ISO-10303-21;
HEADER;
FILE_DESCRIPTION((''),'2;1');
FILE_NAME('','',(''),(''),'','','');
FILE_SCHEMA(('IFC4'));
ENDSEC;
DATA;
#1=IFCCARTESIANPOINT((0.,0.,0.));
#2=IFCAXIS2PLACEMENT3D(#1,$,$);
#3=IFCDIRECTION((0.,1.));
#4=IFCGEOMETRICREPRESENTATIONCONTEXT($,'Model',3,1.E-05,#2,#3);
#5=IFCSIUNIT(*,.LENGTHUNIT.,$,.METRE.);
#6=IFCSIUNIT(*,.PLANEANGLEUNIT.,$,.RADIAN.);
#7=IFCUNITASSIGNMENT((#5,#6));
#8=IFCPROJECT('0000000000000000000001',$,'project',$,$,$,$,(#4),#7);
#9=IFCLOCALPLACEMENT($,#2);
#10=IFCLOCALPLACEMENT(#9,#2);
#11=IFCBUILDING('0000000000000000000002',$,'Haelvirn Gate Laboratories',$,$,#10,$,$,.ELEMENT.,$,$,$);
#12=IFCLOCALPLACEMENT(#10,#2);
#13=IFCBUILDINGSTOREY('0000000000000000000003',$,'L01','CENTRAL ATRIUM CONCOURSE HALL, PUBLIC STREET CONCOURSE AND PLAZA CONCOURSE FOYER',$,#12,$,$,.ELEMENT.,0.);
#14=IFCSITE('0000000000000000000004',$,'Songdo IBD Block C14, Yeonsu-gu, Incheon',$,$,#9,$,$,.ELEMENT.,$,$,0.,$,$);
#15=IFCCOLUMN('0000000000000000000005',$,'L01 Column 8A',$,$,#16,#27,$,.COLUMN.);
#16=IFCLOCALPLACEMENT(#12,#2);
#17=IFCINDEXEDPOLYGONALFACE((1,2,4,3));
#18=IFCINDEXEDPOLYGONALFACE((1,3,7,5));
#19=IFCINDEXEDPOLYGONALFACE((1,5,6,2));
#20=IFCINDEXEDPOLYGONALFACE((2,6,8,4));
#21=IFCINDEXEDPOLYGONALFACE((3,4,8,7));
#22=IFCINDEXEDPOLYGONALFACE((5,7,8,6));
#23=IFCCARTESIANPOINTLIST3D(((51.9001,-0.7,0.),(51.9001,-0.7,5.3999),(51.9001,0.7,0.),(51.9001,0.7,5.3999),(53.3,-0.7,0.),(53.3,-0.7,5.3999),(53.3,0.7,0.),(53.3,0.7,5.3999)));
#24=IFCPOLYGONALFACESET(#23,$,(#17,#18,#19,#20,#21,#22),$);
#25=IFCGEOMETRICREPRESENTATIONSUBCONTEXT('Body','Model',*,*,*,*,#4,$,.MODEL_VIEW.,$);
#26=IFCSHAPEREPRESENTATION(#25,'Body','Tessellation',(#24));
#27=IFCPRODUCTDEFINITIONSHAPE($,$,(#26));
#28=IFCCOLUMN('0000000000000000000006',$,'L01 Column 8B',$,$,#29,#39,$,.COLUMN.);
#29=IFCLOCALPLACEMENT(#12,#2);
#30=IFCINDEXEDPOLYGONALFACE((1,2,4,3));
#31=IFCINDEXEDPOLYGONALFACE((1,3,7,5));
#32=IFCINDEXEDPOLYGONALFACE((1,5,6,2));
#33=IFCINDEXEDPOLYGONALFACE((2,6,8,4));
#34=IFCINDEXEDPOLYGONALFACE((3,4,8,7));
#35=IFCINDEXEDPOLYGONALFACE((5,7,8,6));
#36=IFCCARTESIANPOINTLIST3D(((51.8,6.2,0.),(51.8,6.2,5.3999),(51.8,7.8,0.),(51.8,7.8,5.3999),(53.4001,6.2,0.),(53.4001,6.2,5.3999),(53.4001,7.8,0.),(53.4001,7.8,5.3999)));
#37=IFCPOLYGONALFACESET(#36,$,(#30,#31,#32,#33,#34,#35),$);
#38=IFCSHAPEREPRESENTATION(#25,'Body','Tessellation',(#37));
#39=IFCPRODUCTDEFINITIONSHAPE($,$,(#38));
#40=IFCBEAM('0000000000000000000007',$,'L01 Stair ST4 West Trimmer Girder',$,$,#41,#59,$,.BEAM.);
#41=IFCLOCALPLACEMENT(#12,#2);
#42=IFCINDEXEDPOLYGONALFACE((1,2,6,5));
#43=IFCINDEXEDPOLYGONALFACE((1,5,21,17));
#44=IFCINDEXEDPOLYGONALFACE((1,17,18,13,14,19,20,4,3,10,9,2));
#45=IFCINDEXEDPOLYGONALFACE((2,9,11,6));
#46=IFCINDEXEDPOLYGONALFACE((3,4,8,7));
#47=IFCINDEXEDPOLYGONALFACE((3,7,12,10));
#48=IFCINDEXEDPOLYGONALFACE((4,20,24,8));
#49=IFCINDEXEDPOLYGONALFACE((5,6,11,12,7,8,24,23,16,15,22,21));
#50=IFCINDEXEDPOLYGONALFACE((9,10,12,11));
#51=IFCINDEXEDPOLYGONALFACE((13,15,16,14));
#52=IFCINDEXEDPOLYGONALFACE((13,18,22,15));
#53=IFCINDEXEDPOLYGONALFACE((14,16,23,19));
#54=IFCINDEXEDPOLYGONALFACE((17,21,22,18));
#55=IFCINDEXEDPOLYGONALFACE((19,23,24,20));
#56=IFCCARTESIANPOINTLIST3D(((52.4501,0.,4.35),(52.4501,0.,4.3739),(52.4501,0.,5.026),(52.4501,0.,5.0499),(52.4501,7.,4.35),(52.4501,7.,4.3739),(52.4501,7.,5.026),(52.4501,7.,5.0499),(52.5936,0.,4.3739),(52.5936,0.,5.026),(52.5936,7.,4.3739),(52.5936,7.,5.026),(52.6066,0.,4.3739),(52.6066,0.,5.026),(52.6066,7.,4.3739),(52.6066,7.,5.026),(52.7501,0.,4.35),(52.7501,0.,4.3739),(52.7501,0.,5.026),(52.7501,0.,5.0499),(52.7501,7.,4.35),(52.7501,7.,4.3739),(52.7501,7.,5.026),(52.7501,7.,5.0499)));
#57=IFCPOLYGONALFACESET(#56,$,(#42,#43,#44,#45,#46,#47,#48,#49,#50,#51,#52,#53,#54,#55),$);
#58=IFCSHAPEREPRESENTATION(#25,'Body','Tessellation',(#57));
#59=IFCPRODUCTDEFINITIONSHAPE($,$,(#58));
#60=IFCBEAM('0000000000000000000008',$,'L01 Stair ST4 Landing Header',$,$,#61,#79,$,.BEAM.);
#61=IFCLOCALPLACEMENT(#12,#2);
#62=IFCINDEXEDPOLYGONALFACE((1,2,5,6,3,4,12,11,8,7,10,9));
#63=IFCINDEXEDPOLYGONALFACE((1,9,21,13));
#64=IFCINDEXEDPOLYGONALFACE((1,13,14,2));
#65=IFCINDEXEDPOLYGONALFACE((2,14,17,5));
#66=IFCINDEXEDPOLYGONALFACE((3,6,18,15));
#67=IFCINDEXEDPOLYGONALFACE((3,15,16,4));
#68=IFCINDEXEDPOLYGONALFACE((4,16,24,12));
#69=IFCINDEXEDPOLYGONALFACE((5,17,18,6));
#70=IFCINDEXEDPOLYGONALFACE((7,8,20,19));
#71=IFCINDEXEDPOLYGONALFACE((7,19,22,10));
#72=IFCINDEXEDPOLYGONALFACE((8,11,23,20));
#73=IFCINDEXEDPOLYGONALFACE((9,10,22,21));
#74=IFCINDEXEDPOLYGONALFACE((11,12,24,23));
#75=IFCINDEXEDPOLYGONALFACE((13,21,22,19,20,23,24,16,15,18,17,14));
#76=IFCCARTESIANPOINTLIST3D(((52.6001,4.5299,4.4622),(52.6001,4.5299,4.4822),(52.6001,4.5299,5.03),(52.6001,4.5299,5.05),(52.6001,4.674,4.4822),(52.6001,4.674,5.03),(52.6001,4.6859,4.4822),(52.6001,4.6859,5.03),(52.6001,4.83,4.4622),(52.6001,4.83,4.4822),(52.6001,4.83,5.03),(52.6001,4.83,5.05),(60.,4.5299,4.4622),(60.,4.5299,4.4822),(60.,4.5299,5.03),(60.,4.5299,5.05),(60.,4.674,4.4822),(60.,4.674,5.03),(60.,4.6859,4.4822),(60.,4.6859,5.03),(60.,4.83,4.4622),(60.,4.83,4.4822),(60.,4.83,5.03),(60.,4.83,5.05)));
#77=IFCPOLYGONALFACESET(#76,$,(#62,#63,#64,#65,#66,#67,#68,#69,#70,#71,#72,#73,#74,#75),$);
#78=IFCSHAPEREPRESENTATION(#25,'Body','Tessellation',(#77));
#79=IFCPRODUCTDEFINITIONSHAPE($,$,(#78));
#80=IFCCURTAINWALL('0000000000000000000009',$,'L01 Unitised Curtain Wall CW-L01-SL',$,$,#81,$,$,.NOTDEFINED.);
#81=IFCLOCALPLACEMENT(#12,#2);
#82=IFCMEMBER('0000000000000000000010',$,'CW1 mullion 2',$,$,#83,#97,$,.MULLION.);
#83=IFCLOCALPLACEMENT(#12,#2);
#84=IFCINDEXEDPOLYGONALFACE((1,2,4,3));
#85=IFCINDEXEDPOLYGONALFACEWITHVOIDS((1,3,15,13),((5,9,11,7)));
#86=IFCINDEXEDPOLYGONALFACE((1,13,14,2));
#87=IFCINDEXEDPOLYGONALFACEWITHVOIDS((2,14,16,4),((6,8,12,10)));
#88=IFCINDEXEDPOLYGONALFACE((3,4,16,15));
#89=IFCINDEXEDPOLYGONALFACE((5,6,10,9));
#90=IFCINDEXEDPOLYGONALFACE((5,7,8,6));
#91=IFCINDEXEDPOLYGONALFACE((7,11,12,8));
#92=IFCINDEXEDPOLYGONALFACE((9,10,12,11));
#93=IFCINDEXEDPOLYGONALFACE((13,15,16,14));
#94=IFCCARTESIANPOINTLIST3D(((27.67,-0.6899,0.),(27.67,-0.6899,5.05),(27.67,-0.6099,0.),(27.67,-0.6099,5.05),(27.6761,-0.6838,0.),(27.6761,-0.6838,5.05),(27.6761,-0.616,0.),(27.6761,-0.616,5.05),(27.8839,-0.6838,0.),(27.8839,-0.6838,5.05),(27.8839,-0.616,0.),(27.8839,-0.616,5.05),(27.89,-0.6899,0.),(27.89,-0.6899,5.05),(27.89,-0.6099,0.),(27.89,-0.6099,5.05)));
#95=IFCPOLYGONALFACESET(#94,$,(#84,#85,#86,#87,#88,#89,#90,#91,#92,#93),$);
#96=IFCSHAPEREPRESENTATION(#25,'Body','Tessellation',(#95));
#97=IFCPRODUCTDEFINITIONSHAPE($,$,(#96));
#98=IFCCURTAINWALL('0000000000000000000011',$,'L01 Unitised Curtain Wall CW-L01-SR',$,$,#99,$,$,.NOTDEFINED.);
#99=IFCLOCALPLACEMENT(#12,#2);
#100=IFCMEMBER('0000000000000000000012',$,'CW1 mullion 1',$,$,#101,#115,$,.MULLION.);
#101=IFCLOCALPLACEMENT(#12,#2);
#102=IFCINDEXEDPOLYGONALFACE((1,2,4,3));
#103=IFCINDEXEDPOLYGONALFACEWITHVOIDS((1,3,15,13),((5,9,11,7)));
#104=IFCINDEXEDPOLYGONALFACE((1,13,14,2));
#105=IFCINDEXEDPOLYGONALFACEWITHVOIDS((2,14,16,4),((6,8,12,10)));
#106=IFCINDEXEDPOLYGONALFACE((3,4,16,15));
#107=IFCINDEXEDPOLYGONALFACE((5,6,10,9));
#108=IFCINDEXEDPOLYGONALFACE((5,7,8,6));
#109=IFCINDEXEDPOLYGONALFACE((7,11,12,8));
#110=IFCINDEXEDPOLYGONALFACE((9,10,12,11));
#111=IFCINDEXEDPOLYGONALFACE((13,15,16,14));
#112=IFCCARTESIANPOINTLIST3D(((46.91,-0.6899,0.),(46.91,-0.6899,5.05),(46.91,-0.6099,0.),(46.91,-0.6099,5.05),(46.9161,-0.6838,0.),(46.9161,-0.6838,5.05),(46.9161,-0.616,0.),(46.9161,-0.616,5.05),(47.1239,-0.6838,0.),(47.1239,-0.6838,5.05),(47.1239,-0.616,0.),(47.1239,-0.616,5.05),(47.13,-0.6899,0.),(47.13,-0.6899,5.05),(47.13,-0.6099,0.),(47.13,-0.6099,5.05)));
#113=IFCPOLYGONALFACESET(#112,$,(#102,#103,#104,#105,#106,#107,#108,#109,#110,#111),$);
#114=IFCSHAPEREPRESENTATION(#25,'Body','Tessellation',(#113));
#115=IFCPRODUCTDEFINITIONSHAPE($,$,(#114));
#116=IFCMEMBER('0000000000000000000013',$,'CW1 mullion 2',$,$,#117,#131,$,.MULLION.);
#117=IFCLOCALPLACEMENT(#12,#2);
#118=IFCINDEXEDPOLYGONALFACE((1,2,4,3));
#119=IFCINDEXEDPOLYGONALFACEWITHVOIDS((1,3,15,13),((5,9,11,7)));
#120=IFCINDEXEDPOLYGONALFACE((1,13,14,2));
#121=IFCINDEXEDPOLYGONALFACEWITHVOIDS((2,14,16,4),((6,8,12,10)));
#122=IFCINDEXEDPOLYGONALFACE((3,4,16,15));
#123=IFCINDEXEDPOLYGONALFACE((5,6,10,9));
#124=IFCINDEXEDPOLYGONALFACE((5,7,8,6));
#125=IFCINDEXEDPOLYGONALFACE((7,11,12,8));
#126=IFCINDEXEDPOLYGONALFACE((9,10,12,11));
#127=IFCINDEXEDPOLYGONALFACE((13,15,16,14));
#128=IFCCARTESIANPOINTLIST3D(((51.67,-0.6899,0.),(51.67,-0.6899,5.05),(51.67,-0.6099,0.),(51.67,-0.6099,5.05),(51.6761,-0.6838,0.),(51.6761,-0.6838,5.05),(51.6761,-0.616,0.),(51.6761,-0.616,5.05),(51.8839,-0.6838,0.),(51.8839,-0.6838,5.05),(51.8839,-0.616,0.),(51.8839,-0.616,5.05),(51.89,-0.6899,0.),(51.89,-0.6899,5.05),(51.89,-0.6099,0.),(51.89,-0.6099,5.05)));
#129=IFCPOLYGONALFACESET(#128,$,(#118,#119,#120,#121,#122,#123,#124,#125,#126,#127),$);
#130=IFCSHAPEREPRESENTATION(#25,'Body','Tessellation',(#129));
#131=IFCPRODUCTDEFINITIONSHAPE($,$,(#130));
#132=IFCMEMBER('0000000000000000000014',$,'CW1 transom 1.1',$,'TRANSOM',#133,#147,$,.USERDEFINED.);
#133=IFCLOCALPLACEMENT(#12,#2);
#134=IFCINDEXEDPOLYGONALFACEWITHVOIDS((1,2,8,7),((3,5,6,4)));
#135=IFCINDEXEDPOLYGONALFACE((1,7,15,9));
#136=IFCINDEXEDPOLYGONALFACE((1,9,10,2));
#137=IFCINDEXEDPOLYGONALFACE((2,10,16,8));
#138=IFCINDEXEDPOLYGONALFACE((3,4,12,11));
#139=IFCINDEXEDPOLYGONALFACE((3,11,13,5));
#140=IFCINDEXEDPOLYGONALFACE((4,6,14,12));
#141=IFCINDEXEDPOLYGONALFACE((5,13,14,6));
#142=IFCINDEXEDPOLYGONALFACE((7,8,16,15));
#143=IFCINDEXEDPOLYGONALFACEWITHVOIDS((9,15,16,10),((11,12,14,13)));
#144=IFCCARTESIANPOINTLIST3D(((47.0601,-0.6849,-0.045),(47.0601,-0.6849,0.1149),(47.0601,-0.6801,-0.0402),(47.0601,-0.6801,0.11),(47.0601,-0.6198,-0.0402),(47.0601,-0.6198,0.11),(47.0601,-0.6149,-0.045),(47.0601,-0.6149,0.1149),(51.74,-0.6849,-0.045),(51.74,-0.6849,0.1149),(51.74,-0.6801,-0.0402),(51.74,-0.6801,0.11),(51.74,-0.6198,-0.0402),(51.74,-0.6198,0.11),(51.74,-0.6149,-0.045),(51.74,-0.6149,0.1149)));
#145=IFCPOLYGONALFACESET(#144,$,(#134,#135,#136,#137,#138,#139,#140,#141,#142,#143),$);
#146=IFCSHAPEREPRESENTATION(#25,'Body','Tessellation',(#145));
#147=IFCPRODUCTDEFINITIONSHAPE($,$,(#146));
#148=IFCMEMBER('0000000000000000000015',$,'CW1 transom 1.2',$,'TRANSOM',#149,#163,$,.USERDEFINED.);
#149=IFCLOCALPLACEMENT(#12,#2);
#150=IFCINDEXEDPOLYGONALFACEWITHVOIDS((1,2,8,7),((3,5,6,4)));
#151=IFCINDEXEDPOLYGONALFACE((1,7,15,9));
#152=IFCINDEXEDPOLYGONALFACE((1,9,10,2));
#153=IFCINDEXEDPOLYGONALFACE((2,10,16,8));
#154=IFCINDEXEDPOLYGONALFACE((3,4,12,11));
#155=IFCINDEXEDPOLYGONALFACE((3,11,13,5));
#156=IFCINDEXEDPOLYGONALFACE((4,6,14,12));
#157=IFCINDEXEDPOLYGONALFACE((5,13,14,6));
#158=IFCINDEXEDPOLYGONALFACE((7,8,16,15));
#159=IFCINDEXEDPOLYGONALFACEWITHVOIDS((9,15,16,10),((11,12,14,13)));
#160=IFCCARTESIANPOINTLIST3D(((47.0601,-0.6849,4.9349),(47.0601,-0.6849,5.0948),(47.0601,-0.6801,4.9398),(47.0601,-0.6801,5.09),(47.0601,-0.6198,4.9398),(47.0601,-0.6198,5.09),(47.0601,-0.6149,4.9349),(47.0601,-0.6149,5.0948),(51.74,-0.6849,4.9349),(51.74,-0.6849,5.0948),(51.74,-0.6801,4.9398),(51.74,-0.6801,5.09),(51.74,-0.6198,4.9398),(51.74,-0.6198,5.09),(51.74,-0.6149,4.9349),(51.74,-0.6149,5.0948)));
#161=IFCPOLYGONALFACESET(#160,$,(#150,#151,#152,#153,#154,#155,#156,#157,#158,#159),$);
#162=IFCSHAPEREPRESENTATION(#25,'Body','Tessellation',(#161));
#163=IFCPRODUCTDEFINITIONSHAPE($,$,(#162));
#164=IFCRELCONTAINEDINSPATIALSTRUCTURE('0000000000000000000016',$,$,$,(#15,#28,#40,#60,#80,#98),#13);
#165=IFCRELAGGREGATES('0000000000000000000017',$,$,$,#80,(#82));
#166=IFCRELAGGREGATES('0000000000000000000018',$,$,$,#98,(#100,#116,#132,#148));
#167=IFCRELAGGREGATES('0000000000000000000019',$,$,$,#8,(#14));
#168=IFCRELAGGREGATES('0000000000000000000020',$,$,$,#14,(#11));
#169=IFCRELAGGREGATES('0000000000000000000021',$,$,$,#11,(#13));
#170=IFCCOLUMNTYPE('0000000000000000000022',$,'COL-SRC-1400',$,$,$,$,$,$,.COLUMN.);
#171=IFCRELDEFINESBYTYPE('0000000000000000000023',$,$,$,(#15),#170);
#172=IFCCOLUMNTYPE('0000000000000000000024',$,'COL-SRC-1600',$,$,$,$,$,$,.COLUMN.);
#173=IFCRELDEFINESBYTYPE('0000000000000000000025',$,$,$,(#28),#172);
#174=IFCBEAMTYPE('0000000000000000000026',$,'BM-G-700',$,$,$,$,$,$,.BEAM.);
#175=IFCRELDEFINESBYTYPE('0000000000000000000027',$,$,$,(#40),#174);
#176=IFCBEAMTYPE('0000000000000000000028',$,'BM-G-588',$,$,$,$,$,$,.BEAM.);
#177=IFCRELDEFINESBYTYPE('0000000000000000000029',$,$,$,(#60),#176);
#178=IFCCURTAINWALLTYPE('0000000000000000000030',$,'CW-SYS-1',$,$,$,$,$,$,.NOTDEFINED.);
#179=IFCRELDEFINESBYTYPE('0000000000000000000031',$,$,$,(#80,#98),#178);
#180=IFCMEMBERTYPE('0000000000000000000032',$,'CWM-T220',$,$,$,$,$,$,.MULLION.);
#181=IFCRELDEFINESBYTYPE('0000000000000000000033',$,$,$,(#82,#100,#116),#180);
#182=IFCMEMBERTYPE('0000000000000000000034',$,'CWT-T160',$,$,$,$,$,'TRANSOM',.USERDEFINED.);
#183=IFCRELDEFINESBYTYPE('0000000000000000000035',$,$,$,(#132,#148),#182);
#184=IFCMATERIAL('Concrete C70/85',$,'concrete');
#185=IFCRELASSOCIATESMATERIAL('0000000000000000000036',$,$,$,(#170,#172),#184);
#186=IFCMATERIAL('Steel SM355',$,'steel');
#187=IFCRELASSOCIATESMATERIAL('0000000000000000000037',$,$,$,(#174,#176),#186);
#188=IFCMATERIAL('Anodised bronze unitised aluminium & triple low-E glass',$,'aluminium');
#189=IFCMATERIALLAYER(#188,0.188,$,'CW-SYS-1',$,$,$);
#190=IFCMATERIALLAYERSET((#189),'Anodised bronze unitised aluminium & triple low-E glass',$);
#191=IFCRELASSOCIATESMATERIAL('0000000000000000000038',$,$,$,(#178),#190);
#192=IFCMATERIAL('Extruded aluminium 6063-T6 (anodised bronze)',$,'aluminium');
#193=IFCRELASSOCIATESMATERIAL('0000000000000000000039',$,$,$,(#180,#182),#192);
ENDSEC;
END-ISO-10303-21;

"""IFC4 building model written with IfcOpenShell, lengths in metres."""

from ifc_helpers import new_model, si_unit, direction, frame, origin, origin_2d, place, context, subcontext, project, spatial, rectangle, hollow_rectangle, i_section, extrude, source, transform, mapped, material, layer, layer_set, material_profile, profile_set, type_object, type_shapes, element, aggregate, save


model = new_model("IFC4")

# Units and contexts
model_context = context("Model", 3, precision=1e-05, world=origin(), true_north=direction((0.0, 1.0)))
body_context = subcontext(model_context, "Body", "Model", "MODEL_VIEW")
ifc_project = project(units=[si_unit("LENGTHUNIT", "METRE"), si_unit("PLANEANGLEUNIT", "RADIAN")], contexts=[model_context])

# Site, building, storey
site_placement = place(None, origin())
site = spatial("IfcSite", under=ifc_project, at=site_placement, Name="Songdo IBD Block C14, Yeonsu-gu, Incheon", CompositionType="ELEMENT", RefElevation=0.0)
building_placement = place(site_placement, origin())
building = spatial("IfcBuilding", under=site, at=building_placement, Name="Haelvirn Gate Laboratories", CompositionType="ELEMENT")
storey_placement = place(building_placement, origin())
storey = spatial("IfcBuildingStorey", under=building, at=storey_placement, Name="L01", Description="CENTRAL ATRIUM CONCOURSE HALL, PUBLIC STREET CONCOURSE AND PLAZA CONCOURSE FOYER", CompositionType="ELEMENT", Elevation=0.0)

# Columns
ifc_material_1 = material(Name="Concrete C70/85", Category="concrete")
ifc_material_profile_1 = material_profile(ifc_material_1, rectangle(XDim=1.3999, YDim=1.3999, at=origin_2d()), Name="SRC-1400x1400")
ifc_profile_set_1 = profile_set([ifc_material_profile_1], Name="Concrete C70/85")
column_type_1 = type_object("IfcColumnType", Name="COL-SRC-1400", PredefinedType="COLUMN", material=ifc_profile_set_1)
shared_shape_1 = source(origin(), body_context, "Body", "SweptSolid", [
    extrude(rectangle(XDim=1.3999, YDim=1.3999, at=origin_2d()), origin(), (0.0, 0.0, 1.0), 5.3999),
])
type_shapes(column_type_1, [shared_shape_1])
column_1_placement = place(storey_placement, frame((52.6001, 0.0, 0.0), z_axis=(0.0, 0.0, 1.0), x_axis=(1.0, 0.0, 0.0)))
element("IfcColumn", 1, at=column_1_placement, inside=storey, type_object=column_type_1, Name="L01 Column 8A", PredefinedType="COLUMN", context=body_context, shape_type="MappedRepresentation", body=[
    mapped(shared_shape_1, transform((0.0, 0.0, 0.0), scale=1.0)),
])
ifc_material_profile_2 = material_profile(ifc_material_1, rectangle(XDim=1.6001, YDim=1.6001, at=origin_2d()), Name="SRC-1600x1600")
ifc_profile_set_2 = profile_set([ifc_material_profile_2], Name="Concrete C70/85")
column_type_2 = type_object("IfcColumnType", Name="COL-SRC-1600", PredefinedType="COLUMN", material=ifc_profile_set_2)
shared_shape_2 = source(origin(), body_context, "Body", "SweptSolid", [
    extrude(rectangle(XDim=1.6001, YDim=1.6001, at=origin_2d()), origin(), (0.0, 0.0, 1.0), 5.3999),
])
type_shapes(column_type_2, [shared_shape_2])
column_2_placement = place(storey_placement, frame((52.6001, 7.0, 0.0), z_axis=(0.0, 0.0, 1.0), x_axis=(1.0, 0.0, 0.0)))
element("IfcColumn", 2, at=column_2_placement, inside=storey, type_object=column_type_2, Name="L01 Column 8B", PredefinedType="COLUMN", context=body_context, shape_type="MappedRepresentation", body=[
    mapped(shared_shape_2, transform((0.0, 0.0, 0.0), scale=1.0)),
])

# Beams
ifc_material_2 = material(Name="Steel SM355", Category="steel")
ifc_material_profile_3 = material_profile(ifc_material_2, i_section(OverallWidth=0.3, OverallDepth=0.7, WebThickness=0.0129, FlangeThickness=0.0239, at=origin_2d()), Name="H-700x300x13x24")
ifc_profile_set_3 = profile_set([ifc_material_profile_3], Name="Steel SM355")
beam_type_1 = type_object("IfcBeamType", Name="BM-G-700", PredefinedType="BEAM", material=ifc_profile_set_3)
shared_shape_3 = source(origin(), body_context, "Body", "SweptSolid", [
    extrude(i_section(OverallWidth=0.3, OverallDepth=0.7, WebThickness=0.0129, FlangeThickness=0.0239, at=origin_2d()), origin(), (0.0, 0.0, 1.0), 7.0),
])
type_shapes(beam_type_1, [shared_shape_3])
beam_1_placement = place(storey_placement, frame((52.6001, 0.0, 4.7), z_axis=(0.0, 1.0, 0.0), x_axis=(-1.0, 0.0, 0.0)))
element("IfcBeam", 3, at=beam_1_placement, inside=storey, type_object=beam_type_1, Name="L01 Stair ST4 West Trimmer Girder", PredefinedType="BEAM", context=body_context, shape_type="MappedRepresentation", body=[
    mapped(shared_shape_3, transform((0.0, 0.0, 0.0), scale=1.0)),
])
ifc_material_profile_4 = material_profile(ifc_material_2, i_section(OverallWidth=0.3, OverallDepth=0.5879, WebThickness=0.012, FlangeThickness=0.02, at=origin_2d()), Name="H-588x300x12x20")
ifc_profile_set_4 = profile_set([ifc_material_profile_4], Name="Steel SM355")
beam_type_2 = type_object("IfcBeamType", Name="BM-G-588", PredefinedType="BEAM", material=ifc_profile_set_4)
shared_shape_4 = source(origin(), body_context, "Body", "SweptSolid", [
    extrude(i_section(OverallWidth=0.3, OverallDepth=0.5879, WebThickness=0.012, FlangeThickness=0.02, at=origin_2d()), origin(), (0.0, 0.0, 1.0), 7.3999),
])
type_shapes(beam_type_2, [shared_shape_4])
beam_2_placement = place(storey_placement, frame((52.6001, 4.6799, 4.7561), z_axis=(1.0, 0.0, 0.0), x_axis=(0.0, 1.0, 0.0)))
element("IfcBeam", 4, at=beam_2_placement, inside=storey, type_object=beam_type_2, Name="L01 Stair ST4 Landing Header", PredefinedType="BEAM", context=body_context, shape_type="MappedRepresentation", body=[
    mapped(shared_shape_4, transform((0.0, 0.0, 0.0), scale=1.0)),
])

# Curtain wall, member
ifc_material_3 = material(Name="Anodised bronze unitised aluminium & triple low-E glass", Category="aluminium")
ifc_layer_1 = layer(ifc_material_3, 0.188, Name="CW-SYS-1")
ifc_layer_set_1 = layer_set([ifc_layer_1], Name="Anodised bronze unitised aluminium & triple low-E glass")
curtain_wall_type = type_object("IfcCurtainWallType", Name="CW-SYS-1", PredefinedType="NOTDEFINED", material=ifc_layer_set_1)
curtain_wall_1_placement = place(storey_placement, origin())
curtain_wall_1 = element("IfcCurtainWall", 5, at=curtain_wall_1_placement, inside=storey, type_object=curtain_wall_type, Name="L01 Unitised Curtain Wall CW-L01-SL", PredefinedType="NOTDEFINED")
ifc_material_4 = material(Name="Extruded aluminium 6063-T6 (anodised bronze)", Category="aluminium")
ifc_material_profile_5 = material_profile(ifc_material_4, hollow_rectangle(XDim=0.0801, YDim=0.22, WallThickness=0.0061, at=origin_2d()), Name="CWM-220x80x6")
ifc_profile_set_5 = profile_set([ifc_material_profile_5], Name="Extruded aluminium 6063-T6 (anodised bronze)")
member_type_1 = type_object("IfcMemberType", Name="CWM-T220", PredefinedType="MULLION", material=ifc_profile_set_5)
shared_shape_5 = source(origin(), body_context, "Body", "SweptSolid", [
    extrude(hollow_rectangle(XDim=0.0801, YDim=0.22, WallThickness=0.0061, at=origin_2d()), origin(), (0.0, 0.0, 1.0), 5.05),
])
type_shapes(member_type_1, [shared_shape_5])
member_1_placement = place(storey_placement, frame((27.78, -0.6499, 0.0), z_axis=(0.0, 0.0, 1.0), x_axis=(0.0, 1.0, 0.0)))
member_1 = element("IfcMember", 6, at=member_1_placement, type_object=member_type_1, Name="CW1 mullion 2", PredefinedType="MULLION", context=body_context, shape_type="MappedRepresentation", body=[
    mapped(shared_shape_5, transform((0.0, 0.0, 0.0), scale=1.0)),
])

# Curtain wall, members
curtain_wall_2_placement = place(storey_placement, origin())
curtain_wall_2 = element("IfcCurtainWall", 7, at=curtain_wall_2_placement, inside=storey, type_object=curtain_wall_type, Name="L01 Unitised Curtain Wall CW-L01-SR", PredefinedType="NOTDEFINED")
member_2_placement = place(storey_placement, frame((47.02, -0.6499, 0.0), z_axis=(0.0, 0.0, 1.0), x_axis=(0.0, 1.0, 0.0)))
member_2 = element("IfcMember", 8, at=member_2_placement, type_object=member_type_1, Name="CW1 mullion 1", PredefinedType="MULLION", context=body_context, shape_type="MappedRepresentation", body=[
    mapped(shared_shape_5, transform((0.0, 0.0, 0.0), scale=1.0)),
])
member_3_placement = place(storey_placement, frame((51.78, -0.6499, 0.0), z_axis=(0.0, 0.0, 1.0), x_axis=(0.0, 1.0, 0.0)))
member_3 = element("IfcMember", 9, at=member_3_placement, type_object=member_type_1, Name="CW1 mullion 2", PredefinedType="MULLION", context=body_context, shape_type="MappedRepresentation", body=[
    mapped(shared_shape_5, transform((0.0, 0.0, 0.0), scale=1.0)),
])
ifc_material_profile_6 = material_profile(ifc_material_4, hollow_rectangle(XDim=0.0701, YDim=0.1599, WallThickness=0.0049, at=origin_2d()), Name="CWT-160x70x5")
ifc_profile_set_6 = profile_set([ifc_material_profile_6], Name="Extruded aluminium 6063-T6 (anodised bronze)")
member_type_2 = type_object("IfcMemberType", Name="CWT-T160", ElementType="TRANSOM", PredefinedType="USERDEFINED", material=ifc_profile_set_6)
shared_shape_6 = source(origin(), body_context, "Body", "SweptSolid", [
    extrude(hollow_rectangle(XDim=0.0701, YDim=0.1599, WallThickness=0.0049, at=origin_2d()), origin(), (0.0, 0.0, 1.0), 4.6799),
])
type_shapes(member_type_2, [shared_shape_6])
member_4_placement = place(storey_placement, frame((47.0601, -0.6499, 0.0349), z_axis=(1.0, 0.0, 0.0), x_axis=(0.0, 1.0, 0.0)))
member_4 = element("IfcMember", 10, at=member_4_placement, type_object=member_type_2, Name="CW1 transom 1.1", ObjectType="TRANSOM", PredefinedType="USERDEFINED", context=body_context, shape_type="MappedRepresentation", body=[
    mapped(shared_shape_6, transform((0.0, 0.0, 0.0), scale=1.0)),
])
member_5_placement = place(storey_placement, frame((47.0601, -0.6499, 5.0149), z_axis=(1.0, 0.0, 0.0), x_axis=(0.0, 1.0, 0.0)))
member_5 = element("IfcMember", 11, at=member_5_placement, type_object=member_type_2, Name="CW1 transom 1.2", ObjectType="TRANSOM", PredefinedType="USERDEFINED", context=body_context, shape_type="MappedRepresentation", body=[
    mapped(shared_shape_6, transform((0.0, 0.0, 0.0), scale=1.0)),
])

aggregate(curtain_wall_1, [member_1])
aggregate(curtain_wall_2, [member_2, member_3, member_4, member_5])

save(model, "model.ifc")
